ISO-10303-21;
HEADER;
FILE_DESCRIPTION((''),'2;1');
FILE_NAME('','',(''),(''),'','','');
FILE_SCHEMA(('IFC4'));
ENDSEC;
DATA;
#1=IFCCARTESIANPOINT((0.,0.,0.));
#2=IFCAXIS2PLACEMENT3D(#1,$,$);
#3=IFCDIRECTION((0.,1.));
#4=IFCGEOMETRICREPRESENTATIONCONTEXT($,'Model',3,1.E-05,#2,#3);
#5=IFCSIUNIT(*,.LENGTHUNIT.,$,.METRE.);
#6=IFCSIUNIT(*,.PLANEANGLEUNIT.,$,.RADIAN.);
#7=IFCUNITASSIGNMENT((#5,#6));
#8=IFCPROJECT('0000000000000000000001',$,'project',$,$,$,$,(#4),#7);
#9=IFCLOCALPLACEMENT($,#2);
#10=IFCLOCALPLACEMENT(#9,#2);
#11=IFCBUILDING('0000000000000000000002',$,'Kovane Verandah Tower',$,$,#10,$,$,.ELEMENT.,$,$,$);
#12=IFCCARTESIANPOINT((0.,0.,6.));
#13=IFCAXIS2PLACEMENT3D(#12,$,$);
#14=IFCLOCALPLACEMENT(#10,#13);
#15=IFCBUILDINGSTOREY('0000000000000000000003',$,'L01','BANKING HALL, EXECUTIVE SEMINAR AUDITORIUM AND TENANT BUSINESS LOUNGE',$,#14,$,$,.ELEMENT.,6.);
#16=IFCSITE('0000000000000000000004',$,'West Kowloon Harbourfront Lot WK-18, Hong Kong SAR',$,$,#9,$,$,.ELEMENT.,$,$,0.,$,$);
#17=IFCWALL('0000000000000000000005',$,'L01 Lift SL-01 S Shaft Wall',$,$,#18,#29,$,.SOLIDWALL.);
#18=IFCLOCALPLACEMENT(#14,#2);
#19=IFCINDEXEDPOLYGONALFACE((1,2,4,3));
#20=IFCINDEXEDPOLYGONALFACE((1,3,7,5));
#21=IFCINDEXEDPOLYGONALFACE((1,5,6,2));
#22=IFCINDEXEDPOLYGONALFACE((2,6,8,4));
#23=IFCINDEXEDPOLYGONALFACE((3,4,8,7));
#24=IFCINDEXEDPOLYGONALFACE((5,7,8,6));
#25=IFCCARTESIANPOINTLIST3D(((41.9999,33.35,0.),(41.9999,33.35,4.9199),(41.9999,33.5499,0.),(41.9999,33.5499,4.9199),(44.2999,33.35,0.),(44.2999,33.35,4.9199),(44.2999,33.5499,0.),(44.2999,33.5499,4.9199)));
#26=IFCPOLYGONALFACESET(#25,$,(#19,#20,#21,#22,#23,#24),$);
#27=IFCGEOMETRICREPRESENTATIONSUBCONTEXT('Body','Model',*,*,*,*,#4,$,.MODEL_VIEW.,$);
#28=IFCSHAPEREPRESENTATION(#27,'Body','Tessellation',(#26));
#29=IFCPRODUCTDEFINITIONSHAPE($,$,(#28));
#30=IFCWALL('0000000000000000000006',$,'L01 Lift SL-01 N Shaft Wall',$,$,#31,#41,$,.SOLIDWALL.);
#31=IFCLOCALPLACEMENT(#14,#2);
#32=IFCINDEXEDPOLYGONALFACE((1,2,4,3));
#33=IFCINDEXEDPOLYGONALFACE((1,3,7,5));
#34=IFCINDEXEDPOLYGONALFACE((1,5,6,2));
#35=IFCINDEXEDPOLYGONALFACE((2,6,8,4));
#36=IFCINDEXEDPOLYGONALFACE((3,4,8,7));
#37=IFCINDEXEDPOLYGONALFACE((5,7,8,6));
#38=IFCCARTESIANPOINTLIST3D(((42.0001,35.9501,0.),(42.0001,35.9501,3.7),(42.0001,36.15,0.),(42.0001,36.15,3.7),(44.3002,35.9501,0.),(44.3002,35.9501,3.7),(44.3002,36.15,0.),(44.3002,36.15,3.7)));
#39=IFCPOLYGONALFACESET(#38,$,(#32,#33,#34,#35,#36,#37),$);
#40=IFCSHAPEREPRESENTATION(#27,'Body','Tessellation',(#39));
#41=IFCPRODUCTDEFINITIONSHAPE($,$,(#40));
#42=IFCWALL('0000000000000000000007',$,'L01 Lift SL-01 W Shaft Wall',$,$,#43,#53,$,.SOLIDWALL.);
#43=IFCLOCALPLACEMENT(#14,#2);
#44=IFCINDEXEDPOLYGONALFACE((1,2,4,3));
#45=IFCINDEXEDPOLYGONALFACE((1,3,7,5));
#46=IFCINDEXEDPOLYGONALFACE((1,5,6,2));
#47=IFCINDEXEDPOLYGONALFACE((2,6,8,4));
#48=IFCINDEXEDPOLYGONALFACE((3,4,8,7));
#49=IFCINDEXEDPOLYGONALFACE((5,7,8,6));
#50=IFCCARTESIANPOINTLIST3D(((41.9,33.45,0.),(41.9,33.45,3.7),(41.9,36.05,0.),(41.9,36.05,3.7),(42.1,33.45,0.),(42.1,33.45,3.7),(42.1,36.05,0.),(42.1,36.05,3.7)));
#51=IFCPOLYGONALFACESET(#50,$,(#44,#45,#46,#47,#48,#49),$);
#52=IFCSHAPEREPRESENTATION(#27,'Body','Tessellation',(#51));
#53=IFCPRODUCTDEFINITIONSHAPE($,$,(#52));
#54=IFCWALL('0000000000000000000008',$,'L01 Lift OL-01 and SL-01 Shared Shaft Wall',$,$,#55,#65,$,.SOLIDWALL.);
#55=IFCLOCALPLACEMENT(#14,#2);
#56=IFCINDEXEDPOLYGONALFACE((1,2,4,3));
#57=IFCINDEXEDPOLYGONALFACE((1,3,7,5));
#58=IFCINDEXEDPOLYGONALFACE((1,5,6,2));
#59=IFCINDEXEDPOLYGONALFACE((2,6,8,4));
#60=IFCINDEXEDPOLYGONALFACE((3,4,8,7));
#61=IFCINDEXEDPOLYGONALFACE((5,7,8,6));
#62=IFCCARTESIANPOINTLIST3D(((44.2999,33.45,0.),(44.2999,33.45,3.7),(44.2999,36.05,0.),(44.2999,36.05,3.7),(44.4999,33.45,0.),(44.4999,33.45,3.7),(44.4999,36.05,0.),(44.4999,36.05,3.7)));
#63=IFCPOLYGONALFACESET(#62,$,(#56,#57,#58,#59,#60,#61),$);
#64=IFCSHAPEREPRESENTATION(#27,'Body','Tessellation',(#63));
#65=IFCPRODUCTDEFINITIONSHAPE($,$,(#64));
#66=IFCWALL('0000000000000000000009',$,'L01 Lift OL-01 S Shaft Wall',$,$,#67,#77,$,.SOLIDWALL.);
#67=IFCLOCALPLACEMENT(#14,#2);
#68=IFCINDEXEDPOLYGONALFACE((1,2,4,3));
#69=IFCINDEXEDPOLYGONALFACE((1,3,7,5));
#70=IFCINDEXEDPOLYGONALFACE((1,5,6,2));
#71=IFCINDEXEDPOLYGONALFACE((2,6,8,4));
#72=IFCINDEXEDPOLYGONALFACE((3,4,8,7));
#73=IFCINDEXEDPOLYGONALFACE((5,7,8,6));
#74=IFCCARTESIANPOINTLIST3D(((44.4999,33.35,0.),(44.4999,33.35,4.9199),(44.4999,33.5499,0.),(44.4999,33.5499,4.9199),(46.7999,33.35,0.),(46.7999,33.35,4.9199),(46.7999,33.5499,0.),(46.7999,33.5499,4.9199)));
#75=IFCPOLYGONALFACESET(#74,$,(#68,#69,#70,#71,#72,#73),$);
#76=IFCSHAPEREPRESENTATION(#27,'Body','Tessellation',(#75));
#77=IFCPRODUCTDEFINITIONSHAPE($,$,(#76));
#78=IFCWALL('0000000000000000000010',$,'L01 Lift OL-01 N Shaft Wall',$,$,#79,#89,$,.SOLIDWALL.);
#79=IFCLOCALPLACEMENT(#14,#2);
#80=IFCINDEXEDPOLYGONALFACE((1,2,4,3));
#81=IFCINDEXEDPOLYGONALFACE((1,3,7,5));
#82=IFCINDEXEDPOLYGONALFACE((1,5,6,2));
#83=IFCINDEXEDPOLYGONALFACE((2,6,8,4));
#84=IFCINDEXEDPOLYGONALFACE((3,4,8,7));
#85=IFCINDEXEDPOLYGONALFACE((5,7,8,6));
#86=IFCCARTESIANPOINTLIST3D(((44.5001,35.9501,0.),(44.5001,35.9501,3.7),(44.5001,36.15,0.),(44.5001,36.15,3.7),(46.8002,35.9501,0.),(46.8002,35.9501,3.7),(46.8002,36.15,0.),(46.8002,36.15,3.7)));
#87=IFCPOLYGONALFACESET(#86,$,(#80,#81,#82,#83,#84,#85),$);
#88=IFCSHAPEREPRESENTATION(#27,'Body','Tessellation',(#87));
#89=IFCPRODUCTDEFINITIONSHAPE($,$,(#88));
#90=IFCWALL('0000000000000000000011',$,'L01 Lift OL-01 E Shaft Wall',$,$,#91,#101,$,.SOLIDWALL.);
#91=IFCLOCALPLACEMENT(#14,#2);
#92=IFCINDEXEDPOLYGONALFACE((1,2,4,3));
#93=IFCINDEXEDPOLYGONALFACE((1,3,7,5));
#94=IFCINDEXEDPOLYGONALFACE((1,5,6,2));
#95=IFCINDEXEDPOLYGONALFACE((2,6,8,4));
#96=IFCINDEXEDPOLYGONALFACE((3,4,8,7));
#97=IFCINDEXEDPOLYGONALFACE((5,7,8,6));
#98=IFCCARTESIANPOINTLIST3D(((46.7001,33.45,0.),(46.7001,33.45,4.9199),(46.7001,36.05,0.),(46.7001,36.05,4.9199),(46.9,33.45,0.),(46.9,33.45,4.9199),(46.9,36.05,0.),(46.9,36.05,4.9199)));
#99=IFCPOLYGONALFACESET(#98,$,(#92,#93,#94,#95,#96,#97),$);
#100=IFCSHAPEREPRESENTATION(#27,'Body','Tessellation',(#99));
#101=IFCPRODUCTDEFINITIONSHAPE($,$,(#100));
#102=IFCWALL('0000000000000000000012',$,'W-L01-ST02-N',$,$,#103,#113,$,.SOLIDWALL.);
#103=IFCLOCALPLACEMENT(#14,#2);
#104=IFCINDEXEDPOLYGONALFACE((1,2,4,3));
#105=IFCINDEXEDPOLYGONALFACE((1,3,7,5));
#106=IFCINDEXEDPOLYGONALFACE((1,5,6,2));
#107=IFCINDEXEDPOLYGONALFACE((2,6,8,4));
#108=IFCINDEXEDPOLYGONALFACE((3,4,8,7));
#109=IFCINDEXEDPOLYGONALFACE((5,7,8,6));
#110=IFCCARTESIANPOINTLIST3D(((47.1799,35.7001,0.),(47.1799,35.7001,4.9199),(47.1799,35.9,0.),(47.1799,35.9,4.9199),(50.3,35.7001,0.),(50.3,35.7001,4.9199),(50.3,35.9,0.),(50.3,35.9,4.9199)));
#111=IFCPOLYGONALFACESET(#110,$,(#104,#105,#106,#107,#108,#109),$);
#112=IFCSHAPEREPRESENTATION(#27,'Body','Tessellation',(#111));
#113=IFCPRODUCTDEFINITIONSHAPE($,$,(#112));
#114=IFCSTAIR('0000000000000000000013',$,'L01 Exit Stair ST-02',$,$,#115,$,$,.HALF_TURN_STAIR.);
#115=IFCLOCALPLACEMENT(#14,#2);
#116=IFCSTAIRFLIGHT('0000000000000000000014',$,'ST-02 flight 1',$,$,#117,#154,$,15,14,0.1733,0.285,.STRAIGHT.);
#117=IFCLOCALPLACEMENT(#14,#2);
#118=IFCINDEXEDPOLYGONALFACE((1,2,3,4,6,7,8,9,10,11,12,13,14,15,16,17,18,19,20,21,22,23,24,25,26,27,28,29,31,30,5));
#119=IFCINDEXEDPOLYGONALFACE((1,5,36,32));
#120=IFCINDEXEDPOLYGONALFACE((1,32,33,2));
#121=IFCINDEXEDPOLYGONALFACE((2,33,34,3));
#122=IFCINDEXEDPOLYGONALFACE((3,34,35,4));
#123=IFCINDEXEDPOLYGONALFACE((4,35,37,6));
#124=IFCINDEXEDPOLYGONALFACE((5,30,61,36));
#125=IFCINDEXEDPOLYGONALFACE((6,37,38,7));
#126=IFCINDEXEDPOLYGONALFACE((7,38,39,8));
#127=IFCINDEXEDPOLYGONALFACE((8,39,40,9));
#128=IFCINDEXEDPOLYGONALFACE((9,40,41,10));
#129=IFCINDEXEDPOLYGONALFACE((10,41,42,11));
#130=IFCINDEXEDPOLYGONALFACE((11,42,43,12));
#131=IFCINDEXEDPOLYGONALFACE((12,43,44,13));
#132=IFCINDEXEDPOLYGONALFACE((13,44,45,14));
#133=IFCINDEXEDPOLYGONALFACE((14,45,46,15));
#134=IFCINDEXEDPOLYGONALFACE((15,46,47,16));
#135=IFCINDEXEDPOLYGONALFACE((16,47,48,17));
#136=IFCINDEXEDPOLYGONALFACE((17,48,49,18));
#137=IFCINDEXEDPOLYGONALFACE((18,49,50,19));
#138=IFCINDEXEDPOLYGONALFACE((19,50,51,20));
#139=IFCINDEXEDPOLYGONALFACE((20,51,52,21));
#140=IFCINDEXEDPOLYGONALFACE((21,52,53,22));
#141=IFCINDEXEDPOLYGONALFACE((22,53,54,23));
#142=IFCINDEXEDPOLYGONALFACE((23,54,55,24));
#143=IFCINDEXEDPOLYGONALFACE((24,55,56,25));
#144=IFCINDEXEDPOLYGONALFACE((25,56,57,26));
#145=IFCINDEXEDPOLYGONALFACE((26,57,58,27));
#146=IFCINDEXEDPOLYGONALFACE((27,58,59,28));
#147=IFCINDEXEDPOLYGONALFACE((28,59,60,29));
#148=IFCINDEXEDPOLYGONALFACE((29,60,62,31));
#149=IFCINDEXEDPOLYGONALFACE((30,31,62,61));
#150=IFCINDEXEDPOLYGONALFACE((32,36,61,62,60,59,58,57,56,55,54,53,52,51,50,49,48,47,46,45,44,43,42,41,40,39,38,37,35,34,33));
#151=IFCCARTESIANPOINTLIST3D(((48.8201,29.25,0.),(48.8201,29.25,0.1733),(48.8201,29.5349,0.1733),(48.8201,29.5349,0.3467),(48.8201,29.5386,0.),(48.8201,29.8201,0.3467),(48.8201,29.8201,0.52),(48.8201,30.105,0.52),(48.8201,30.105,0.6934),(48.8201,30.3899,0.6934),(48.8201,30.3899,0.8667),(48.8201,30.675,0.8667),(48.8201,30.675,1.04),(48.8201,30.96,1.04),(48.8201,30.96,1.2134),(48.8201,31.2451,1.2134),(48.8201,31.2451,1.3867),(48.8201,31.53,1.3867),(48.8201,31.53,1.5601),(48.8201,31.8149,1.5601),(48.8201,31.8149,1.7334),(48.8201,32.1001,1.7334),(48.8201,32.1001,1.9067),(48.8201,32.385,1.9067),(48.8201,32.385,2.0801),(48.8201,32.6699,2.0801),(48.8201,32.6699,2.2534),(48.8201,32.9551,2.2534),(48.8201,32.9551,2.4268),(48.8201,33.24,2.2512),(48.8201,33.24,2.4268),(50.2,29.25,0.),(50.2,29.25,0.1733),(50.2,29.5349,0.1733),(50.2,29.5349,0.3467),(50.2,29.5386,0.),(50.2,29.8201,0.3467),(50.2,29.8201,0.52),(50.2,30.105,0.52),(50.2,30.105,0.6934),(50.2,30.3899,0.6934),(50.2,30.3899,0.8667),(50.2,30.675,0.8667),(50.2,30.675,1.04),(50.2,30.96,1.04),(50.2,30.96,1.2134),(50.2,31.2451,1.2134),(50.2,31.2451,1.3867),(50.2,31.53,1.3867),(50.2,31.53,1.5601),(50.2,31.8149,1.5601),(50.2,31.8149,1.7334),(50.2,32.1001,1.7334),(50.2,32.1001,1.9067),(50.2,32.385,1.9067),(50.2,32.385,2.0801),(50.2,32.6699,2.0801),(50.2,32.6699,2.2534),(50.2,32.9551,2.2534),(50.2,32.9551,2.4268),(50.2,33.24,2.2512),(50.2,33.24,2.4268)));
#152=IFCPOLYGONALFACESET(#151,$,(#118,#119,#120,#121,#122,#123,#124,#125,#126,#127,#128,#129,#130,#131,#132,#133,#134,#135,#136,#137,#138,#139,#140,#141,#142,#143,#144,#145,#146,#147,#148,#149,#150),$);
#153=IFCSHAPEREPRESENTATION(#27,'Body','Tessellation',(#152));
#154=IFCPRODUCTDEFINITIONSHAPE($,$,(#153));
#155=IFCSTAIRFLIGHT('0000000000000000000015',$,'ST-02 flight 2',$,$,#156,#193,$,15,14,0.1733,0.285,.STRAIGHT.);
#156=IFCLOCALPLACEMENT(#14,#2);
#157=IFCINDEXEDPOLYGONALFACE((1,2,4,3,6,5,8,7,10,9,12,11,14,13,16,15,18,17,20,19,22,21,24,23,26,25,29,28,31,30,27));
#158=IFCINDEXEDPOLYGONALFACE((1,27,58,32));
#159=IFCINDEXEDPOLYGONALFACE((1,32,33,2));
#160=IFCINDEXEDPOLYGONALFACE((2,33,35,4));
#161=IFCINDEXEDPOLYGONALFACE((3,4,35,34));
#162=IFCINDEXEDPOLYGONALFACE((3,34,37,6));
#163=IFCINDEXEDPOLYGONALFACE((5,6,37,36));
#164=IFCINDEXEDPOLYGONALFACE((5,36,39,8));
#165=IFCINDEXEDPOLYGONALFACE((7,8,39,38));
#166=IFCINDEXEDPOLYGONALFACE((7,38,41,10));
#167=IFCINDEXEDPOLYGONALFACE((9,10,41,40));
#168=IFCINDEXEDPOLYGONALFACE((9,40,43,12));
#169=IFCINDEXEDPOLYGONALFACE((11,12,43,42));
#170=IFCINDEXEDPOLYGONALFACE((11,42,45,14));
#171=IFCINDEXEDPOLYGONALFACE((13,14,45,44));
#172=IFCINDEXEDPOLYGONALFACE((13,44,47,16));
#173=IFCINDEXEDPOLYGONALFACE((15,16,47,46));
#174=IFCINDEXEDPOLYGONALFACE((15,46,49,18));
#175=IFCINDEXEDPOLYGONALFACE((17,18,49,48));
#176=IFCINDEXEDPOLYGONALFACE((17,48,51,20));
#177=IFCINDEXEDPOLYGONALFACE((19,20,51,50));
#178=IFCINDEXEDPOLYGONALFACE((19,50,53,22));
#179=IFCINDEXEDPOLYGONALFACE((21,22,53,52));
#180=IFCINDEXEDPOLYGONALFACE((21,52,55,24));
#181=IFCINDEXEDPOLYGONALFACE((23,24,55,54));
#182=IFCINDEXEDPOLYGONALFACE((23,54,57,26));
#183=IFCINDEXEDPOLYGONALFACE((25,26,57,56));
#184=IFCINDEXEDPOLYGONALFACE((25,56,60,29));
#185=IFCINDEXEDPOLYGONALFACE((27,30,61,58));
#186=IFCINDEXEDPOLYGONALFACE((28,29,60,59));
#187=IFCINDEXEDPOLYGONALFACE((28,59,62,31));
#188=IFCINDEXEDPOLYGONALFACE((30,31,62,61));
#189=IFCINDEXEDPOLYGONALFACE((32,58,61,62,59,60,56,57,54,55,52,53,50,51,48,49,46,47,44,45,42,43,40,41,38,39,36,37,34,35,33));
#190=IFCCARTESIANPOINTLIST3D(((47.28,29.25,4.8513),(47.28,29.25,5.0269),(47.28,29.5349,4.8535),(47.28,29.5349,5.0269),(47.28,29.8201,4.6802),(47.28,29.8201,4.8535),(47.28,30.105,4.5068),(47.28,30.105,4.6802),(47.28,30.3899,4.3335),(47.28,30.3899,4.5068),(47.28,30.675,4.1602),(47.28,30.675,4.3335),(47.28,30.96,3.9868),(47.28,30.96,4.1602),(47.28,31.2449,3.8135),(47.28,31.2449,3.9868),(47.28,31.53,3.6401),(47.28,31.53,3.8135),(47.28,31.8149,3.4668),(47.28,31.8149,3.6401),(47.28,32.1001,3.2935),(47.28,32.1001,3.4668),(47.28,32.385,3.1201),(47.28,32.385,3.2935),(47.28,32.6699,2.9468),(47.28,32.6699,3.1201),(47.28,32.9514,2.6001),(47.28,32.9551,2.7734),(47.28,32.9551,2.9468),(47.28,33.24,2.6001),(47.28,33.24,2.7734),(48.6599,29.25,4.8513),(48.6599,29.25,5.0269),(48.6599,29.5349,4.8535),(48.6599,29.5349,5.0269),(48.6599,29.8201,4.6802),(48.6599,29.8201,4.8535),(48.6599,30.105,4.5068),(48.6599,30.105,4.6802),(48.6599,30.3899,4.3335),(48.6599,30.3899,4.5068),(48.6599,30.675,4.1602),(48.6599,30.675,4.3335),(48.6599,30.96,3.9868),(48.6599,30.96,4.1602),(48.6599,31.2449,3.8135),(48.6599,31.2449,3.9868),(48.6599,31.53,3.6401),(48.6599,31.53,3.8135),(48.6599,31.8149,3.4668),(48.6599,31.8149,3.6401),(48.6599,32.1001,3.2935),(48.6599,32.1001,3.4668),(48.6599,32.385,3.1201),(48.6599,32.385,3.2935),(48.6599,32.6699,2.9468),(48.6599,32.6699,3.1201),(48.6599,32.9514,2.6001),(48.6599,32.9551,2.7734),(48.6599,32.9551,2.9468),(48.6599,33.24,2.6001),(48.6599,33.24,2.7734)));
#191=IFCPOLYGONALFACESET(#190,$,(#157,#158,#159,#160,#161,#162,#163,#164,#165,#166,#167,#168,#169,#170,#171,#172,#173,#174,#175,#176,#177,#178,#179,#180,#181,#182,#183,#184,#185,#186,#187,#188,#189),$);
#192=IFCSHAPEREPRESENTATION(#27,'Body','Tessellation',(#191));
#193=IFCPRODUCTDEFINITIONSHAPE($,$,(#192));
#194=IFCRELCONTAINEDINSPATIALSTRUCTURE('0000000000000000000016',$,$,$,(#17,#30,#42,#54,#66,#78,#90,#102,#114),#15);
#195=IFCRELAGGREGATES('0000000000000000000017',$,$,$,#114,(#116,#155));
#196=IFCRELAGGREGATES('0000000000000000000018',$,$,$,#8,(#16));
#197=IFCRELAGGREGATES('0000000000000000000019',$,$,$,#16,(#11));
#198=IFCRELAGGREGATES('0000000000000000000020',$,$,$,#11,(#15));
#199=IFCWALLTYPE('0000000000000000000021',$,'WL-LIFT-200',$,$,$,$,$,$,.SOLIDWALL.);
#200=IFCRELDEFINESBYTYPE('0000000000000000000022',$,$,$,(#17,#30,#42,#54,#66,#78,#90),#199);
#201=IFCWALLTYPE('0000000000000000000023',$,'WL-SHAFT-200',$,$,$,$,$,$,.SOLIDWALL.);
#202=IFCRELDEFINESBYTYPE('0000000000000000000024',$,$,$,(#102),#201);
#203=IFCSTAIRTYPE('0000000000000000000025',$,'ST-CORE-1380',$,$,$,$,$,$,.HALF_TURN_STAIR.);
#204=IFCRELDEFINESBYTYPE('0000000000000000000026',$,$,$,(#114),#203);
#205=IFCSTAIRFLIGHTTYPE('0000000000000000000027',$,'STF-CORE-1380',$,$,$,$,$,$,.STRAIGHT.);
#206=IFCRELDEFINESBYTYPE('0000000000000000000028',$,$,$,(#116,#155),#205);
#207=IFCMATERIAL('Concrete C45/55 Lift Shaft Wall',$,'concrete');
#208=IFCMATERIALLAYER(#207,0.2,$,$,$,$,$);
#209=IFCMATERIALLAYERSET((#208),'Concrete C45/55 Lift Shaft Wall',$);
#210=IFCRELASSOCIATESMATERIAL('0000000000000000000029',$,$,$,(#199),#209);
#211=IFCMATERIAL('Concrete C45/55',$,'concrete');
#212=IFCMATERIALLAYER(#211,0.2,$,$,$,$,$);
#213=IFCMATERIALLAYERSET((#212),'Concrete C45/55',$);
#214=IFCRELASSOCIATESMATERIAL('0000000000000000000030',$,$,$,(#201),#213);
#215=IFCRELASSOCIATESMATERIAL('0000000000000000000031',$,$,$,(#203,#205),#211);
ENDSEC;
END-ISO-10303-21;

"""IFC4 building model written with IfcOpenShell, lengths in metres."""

from ifc_helpers import new_model, si_unit, direction, frame, frame_2d, origin, place, context, subcontext, project, spatial, polyline, rectangle, outline, extrude, material, layer, layer_set, type_object, element, aggregate, save


model = new_model("IFC4")

# Units and contexts
model_context = context("Model", 3, precision=1e-05, world=origin(), true_north=direction((0.0, 1.0)))
body_context = subcontext(model_context, "Body", "Model", "MODEL_VIEW")
ifc_project = project(units=[si_unit("LENGTHUNIT", "METRE"), si_unit("PLANEANGLEUNIT", "RADIAN")], contexts=[model_context])

# Site, building, storey
site_placement = place(None, origin())
site = spatial("IfcSite", under=ifc_project, at=site_placement, Name="West Kowloon Harbourfront Lot WK-18, Hong Kong SAR", CompositionType="ELEMENT", RefElevation=0.0)
building_placement = place(site_placement, origin())
building = spatial("IfcBuilding", under=site, at=building_placement, Name="Kovane Verandah Tower", CompositionType="ELEMENT")
storey_placement = place(building_placement, frame((0.0, 0.0, 6.0)))
storey = spatial("IfcBuildingStorey", under=building, at=storey_placement, Name="L01", Description="BANKING HALL, EXECUTIVE SEMINAR AUDITORIUM AND TENANT BUSINESS LOUNGE", CompositionType="ELEMENT", Elevation=6.0)

# Walls
ifc_material_1 = material(Name="Concrete C45/55 Lift Shaft Wall", Category="concrete")
ifc_layer_1 = layer(ifc_material_1, 0.2)
ifc_layer_set_1 = layer_set([ifc_layer_1], Name="Concrete C45/55 Lift Shaft Wall")
wall_type_1 = type_object("IfcWallType", Name="WL-LIFT-200", PredefinedType="SOLIDWALL", material=ifc_layer_set_1)
wall_1_placement = place(storey_placement, frame((42.0, 33.45, 0.0), z_axis=(0.0, 0.0, 1.0), x_axis=(1.0, 0.0, 0.0)))
element("IfcWall", 1, at=wall_1_placement, inside=storey, type_object=wall_type_1, Name="L01 Lift SL-01 S Shaft Wall", PredefinedType="SOLIDWALL", context=body_context, shape_type="SweptSolid", body=[
    extrude(rectangle(XDim=2.3, YDim=0.2, at=frame_2d((1.1499, 0.0))), origin(), (0.0, 0.0, 1.0), 4.9199),
])
wall_2_placement = place(storey_placement, frame((44.3, 36.05, 0.0), z_axis=(0.0, 0.0, 1.0), x_axis=(-1.0, 0.0, 0.0)))
element("IfcWall", 2, at=wall_2_placement, inside=storey, type_object=wall_type_1, Name="L01 Lift SL-01 N Shaft Wall", PredefinedType="SOLIDWALL", context=body_context, shape_type="SweptSolid", body=[
    extrude(rectangle(XDim=2.3, YDim=0.2, at=frame_2d((1.1499, 0.0))), origin(), (0.0, 0.0, 1.0), 3.7),
])
for number, where, z_axis, x_axis, name in (
    (3, (42.0, 36.05, 0.0), (0.0, 0.0, 1.0), (0.0, -1.0, 0.0), "L01 Lift SL-01 W Shaft Wall"),
    (4, (44.3999, 33.45, 0.0), (0.0, 0.0, 1.0), (0.0, 1.0, 0.0), "L01 Lift OL-01 and SL-01 Shared Shaft Wall"),
):
    element("IfcWall", number, at=place(storey_placement, frame(where, z_axis=z_axis, x_axis=x_axis)), inside=storey, type_object=wall_type_1, Name=name, PredefinedType="SOLIDWALL", context=body_context, shape_type="SweptSolid", body=[
        extrude(rectangle(XDim=2.6001, YDim=0.2, at=frame_2d((1.3, 0.0))), origin(), (0.0, 0.0, 1.0), 3.7),
    ])
wall_3_placement = place(storey_placement, frame((44.5, 33.45, 0.0), z_axis=(0.0, 0.0, 1.0), x_axis=(1.0, 0.0, 0.0)))
element("IfcWall", 5, at=wall_3_placement, inside=storey, type_object=wall_type_1, Name="L01 Lift OL-01 S Shaft Wall", PredefinedType="SOLIDWALL", context=body_context, shape_type="SweptSolid", body=[
    extrude(rectangle(XDim=2.3, YDim=0.2, at=frame_2d((1.1499, 0.0))), origin(), (0.0, 0.0, 1.0), 4.9199),
])
wall_4_placement = place(storey_placement, frame((46.8, 36.05, 0.0), z_axis=(0.0, 0.0, 1.0), x_axis=(-1.0, 0.0, 0.0)))
element("IfcWall", 6, at=wall_4_placement, inside=storey, type_object=wall_type_1, Name="L01 Lift OL-01 N Shaft Wall", PredefinedType="SOLIDWALL", context=body_context, shape_type="SweptSolid", body=[
    extrude(rectangle(XDim=2.3, YDim=0.2, at=frame_2d((1.1499, 0.0))), origin(), (0.0, 0.0, 1.0), 3.7),
])
wall_5_placement = place(storey_placement, frame((46.8, 33.45, 0.0), z_axis=(0.0, 0.0, 1.0), x_axis=(0.0, 1.0, 0.0)))
element("IfcWall", 7, at=wall_5_placement, inside=storey, type_object=wall_type_1, Name="L01 Lift OL-01 E Shaft Wall", PredefinedType="SOLIDWALL", context=body_context, shape_type="SweptSolid", body=[
    extrude(rectangle(XDim=2.6001, YDim=0.2, at=frame_2d((1.3, 0.0))), origin(), (0.0, 0.0, 1.0), 4.9199),
])
ifc_material_2 = material(Name="Concrete C45/55", Category="concrete")
ifc_layer_2 = layer(ifc_material_2, 0.2)
ifc_layer_set_2 = layer_set([ifc_layer_2], Name="Concrete C45/55")
wall_type_2 = type_object("IfcWallType", Name="WL-SHAFT-200", PredefinedType="SOLIDWALL", material=ifc_layer_set_2)
wall_6_placement = place(storey_placement, frame((47.1799, 35.8, 0.0), z_axis=(0.0, 0.0, 1.0), x_axis=(1.0, 0.0, 0.0)))
element("IfcWall", 8, at=wall_6_placement, inside=storey, type_object=wall_type_2, Name="W-L01-ST02-N", PredefinedType="SOLIDWALL", context=body_context, shape_type="SweptSolid", body=[
    extrude(rectangle(XDim=3.1201, YDim=0.2, at=frame_2d((1.5601, 0.0))), origin(), (0.0, 0.0, 1.0), 4.9199),
])

# Stair, stair flights
stair_type = type_object("IfcStairType", Name="ST-CORE-1380", PredefinedType="HALF_TURN_STAIR", material=ifc_material_2)
stair_1_placement = place(storey_placement, origin())
stair_1 = element("IfcStair", 9, at=stair_1_placement, inside=storey, type_object=stair_type, Name="L01 Exit Stair ST-02", PredefinedType="HALF_TURN_STAIR")
stair_flight_type = type_object("IfcStairFlightType", Name="STF-CORE-1380", PredefinedType="STRAIGHT", material=ifc_material_2)
stair_flight_1_placement = place(storey_placement, frame((49.51, 29.25, 0.0), z_axis=(0.0, 0.0, 1.0), x_axis=(0.0, 1.0, 0.0)))
stair_flight_1 = element("IfcStairFlight", 10, at=stair_flight_1_placement, type_object=stair_flight_type, Name="ST-02 flight 1", NumberOfRisers=15, NumberOfTreads=14, PredefinedType="STRAIGHT", RiserHeight=0.1733, TreadLength=0.285, context=body_context, shape_type="SweptSolid", body=[
    extrude(outline(polyline([(0.0, 0.0), (0.0, 0.1733), (0.2849, 0.1733), (0.2849, 0.3467), (0.5701, 0.3467), (0.5701, 0.52), (0.855, 0.52), (0.855, 0.6934), (1.1399, 0.6934), (1.1399, 0.8667), (1.425, 0.8667), (1.425, 1.04), (1.71, 1.04), (1.71, 1.2134), (1.9951, 1.2134), (1.9951, 1.3867), (2.28, 1.3867), (2.28, 1.5601), (2.5649, 1.5601), (2.5649, 1.7334), (2.8501, 1.7334), (2.8501, 1.9067), (3.135, 1.9067), (3.135, 2.0801), (3.4199, 2.0801), (3.4199, 2.2534), (3.7051, 2.2534), (3.7051, 2.4268), (3.99, 2.4268), (3.99, 2.6001), (3.99, 2.2512), (0.2886, 0.0), (0.0, 0.0)])), frame((0.0, 0.6899, 0.0), z_axis=(0.0, -1.0, 0.0), x_axis=(1.0, 0.0, 0.0)), (0.0, 0.0, 1.0), 1.3799),
])
stair_flight_2_placement = place(storey_placement, frame((47.97, 33.24, 2.6001), z_axis=(0.0, 0.0, 1.0), x_axis=(0.0, -1.0, 0.0)))
stair_flight_2 = element("IfcStairFlight", 11, at=stair_flight_2_placement, type_object=stair_flight_type, Name="ST-02 flight 2", NumberOfRisers=15, NumberOfTreads=14, PredefinedType="STRAIGHT", RiserHeight=0.1733, TreadLength=0.285, context=body_context, shape_type="SweptSolid", body=[
    extrude(outline(polyline([(0.0, 0.0), (0.0, 0.1733), (0.2849, 0.1733), (0.2849, 0.3467), (0.5701, 0.3467), (0.5701, 0.52), (0.855, 0.52), (0.855, 0.6934), (1.1399, 0.6934), (1.1399, 0.8667), (1.425, 0.8667), (1.425, 1.04), (1.71, 1.04), (1.71, 1.2134), (1.9951, 1.2134), (1.9951, 1.3867), (2.28, 1.3867), (2.28, 1.5601), (2.5649, 1.5601), (2.5649, 1.7334), (2.8501, 1.7334), (2.8501, 1.9067), (3.135, 1.9067), (3.135, 2.0801), (3.4199, 2.0801), (3.4199, 2.2534), (3.7051, 2.2534), (3.7051, 2.4268), (3.99, 2.4268), (3.99, 2.6001), (3.99, 2.2512), (0.2886, 0.0), (0.0, 0.0)])), frame((0.0, 0.6899, 0.0), z_axis=(0.0, -1.0, 0.0), x_axis=(1.0, 0.0, 0.0)), (0.0, 0.0, 1.0), 1.3799),
])
aggregate(stair_1, [stair_flight_1, stair_flight_2])

save(model, "model.ifc")
